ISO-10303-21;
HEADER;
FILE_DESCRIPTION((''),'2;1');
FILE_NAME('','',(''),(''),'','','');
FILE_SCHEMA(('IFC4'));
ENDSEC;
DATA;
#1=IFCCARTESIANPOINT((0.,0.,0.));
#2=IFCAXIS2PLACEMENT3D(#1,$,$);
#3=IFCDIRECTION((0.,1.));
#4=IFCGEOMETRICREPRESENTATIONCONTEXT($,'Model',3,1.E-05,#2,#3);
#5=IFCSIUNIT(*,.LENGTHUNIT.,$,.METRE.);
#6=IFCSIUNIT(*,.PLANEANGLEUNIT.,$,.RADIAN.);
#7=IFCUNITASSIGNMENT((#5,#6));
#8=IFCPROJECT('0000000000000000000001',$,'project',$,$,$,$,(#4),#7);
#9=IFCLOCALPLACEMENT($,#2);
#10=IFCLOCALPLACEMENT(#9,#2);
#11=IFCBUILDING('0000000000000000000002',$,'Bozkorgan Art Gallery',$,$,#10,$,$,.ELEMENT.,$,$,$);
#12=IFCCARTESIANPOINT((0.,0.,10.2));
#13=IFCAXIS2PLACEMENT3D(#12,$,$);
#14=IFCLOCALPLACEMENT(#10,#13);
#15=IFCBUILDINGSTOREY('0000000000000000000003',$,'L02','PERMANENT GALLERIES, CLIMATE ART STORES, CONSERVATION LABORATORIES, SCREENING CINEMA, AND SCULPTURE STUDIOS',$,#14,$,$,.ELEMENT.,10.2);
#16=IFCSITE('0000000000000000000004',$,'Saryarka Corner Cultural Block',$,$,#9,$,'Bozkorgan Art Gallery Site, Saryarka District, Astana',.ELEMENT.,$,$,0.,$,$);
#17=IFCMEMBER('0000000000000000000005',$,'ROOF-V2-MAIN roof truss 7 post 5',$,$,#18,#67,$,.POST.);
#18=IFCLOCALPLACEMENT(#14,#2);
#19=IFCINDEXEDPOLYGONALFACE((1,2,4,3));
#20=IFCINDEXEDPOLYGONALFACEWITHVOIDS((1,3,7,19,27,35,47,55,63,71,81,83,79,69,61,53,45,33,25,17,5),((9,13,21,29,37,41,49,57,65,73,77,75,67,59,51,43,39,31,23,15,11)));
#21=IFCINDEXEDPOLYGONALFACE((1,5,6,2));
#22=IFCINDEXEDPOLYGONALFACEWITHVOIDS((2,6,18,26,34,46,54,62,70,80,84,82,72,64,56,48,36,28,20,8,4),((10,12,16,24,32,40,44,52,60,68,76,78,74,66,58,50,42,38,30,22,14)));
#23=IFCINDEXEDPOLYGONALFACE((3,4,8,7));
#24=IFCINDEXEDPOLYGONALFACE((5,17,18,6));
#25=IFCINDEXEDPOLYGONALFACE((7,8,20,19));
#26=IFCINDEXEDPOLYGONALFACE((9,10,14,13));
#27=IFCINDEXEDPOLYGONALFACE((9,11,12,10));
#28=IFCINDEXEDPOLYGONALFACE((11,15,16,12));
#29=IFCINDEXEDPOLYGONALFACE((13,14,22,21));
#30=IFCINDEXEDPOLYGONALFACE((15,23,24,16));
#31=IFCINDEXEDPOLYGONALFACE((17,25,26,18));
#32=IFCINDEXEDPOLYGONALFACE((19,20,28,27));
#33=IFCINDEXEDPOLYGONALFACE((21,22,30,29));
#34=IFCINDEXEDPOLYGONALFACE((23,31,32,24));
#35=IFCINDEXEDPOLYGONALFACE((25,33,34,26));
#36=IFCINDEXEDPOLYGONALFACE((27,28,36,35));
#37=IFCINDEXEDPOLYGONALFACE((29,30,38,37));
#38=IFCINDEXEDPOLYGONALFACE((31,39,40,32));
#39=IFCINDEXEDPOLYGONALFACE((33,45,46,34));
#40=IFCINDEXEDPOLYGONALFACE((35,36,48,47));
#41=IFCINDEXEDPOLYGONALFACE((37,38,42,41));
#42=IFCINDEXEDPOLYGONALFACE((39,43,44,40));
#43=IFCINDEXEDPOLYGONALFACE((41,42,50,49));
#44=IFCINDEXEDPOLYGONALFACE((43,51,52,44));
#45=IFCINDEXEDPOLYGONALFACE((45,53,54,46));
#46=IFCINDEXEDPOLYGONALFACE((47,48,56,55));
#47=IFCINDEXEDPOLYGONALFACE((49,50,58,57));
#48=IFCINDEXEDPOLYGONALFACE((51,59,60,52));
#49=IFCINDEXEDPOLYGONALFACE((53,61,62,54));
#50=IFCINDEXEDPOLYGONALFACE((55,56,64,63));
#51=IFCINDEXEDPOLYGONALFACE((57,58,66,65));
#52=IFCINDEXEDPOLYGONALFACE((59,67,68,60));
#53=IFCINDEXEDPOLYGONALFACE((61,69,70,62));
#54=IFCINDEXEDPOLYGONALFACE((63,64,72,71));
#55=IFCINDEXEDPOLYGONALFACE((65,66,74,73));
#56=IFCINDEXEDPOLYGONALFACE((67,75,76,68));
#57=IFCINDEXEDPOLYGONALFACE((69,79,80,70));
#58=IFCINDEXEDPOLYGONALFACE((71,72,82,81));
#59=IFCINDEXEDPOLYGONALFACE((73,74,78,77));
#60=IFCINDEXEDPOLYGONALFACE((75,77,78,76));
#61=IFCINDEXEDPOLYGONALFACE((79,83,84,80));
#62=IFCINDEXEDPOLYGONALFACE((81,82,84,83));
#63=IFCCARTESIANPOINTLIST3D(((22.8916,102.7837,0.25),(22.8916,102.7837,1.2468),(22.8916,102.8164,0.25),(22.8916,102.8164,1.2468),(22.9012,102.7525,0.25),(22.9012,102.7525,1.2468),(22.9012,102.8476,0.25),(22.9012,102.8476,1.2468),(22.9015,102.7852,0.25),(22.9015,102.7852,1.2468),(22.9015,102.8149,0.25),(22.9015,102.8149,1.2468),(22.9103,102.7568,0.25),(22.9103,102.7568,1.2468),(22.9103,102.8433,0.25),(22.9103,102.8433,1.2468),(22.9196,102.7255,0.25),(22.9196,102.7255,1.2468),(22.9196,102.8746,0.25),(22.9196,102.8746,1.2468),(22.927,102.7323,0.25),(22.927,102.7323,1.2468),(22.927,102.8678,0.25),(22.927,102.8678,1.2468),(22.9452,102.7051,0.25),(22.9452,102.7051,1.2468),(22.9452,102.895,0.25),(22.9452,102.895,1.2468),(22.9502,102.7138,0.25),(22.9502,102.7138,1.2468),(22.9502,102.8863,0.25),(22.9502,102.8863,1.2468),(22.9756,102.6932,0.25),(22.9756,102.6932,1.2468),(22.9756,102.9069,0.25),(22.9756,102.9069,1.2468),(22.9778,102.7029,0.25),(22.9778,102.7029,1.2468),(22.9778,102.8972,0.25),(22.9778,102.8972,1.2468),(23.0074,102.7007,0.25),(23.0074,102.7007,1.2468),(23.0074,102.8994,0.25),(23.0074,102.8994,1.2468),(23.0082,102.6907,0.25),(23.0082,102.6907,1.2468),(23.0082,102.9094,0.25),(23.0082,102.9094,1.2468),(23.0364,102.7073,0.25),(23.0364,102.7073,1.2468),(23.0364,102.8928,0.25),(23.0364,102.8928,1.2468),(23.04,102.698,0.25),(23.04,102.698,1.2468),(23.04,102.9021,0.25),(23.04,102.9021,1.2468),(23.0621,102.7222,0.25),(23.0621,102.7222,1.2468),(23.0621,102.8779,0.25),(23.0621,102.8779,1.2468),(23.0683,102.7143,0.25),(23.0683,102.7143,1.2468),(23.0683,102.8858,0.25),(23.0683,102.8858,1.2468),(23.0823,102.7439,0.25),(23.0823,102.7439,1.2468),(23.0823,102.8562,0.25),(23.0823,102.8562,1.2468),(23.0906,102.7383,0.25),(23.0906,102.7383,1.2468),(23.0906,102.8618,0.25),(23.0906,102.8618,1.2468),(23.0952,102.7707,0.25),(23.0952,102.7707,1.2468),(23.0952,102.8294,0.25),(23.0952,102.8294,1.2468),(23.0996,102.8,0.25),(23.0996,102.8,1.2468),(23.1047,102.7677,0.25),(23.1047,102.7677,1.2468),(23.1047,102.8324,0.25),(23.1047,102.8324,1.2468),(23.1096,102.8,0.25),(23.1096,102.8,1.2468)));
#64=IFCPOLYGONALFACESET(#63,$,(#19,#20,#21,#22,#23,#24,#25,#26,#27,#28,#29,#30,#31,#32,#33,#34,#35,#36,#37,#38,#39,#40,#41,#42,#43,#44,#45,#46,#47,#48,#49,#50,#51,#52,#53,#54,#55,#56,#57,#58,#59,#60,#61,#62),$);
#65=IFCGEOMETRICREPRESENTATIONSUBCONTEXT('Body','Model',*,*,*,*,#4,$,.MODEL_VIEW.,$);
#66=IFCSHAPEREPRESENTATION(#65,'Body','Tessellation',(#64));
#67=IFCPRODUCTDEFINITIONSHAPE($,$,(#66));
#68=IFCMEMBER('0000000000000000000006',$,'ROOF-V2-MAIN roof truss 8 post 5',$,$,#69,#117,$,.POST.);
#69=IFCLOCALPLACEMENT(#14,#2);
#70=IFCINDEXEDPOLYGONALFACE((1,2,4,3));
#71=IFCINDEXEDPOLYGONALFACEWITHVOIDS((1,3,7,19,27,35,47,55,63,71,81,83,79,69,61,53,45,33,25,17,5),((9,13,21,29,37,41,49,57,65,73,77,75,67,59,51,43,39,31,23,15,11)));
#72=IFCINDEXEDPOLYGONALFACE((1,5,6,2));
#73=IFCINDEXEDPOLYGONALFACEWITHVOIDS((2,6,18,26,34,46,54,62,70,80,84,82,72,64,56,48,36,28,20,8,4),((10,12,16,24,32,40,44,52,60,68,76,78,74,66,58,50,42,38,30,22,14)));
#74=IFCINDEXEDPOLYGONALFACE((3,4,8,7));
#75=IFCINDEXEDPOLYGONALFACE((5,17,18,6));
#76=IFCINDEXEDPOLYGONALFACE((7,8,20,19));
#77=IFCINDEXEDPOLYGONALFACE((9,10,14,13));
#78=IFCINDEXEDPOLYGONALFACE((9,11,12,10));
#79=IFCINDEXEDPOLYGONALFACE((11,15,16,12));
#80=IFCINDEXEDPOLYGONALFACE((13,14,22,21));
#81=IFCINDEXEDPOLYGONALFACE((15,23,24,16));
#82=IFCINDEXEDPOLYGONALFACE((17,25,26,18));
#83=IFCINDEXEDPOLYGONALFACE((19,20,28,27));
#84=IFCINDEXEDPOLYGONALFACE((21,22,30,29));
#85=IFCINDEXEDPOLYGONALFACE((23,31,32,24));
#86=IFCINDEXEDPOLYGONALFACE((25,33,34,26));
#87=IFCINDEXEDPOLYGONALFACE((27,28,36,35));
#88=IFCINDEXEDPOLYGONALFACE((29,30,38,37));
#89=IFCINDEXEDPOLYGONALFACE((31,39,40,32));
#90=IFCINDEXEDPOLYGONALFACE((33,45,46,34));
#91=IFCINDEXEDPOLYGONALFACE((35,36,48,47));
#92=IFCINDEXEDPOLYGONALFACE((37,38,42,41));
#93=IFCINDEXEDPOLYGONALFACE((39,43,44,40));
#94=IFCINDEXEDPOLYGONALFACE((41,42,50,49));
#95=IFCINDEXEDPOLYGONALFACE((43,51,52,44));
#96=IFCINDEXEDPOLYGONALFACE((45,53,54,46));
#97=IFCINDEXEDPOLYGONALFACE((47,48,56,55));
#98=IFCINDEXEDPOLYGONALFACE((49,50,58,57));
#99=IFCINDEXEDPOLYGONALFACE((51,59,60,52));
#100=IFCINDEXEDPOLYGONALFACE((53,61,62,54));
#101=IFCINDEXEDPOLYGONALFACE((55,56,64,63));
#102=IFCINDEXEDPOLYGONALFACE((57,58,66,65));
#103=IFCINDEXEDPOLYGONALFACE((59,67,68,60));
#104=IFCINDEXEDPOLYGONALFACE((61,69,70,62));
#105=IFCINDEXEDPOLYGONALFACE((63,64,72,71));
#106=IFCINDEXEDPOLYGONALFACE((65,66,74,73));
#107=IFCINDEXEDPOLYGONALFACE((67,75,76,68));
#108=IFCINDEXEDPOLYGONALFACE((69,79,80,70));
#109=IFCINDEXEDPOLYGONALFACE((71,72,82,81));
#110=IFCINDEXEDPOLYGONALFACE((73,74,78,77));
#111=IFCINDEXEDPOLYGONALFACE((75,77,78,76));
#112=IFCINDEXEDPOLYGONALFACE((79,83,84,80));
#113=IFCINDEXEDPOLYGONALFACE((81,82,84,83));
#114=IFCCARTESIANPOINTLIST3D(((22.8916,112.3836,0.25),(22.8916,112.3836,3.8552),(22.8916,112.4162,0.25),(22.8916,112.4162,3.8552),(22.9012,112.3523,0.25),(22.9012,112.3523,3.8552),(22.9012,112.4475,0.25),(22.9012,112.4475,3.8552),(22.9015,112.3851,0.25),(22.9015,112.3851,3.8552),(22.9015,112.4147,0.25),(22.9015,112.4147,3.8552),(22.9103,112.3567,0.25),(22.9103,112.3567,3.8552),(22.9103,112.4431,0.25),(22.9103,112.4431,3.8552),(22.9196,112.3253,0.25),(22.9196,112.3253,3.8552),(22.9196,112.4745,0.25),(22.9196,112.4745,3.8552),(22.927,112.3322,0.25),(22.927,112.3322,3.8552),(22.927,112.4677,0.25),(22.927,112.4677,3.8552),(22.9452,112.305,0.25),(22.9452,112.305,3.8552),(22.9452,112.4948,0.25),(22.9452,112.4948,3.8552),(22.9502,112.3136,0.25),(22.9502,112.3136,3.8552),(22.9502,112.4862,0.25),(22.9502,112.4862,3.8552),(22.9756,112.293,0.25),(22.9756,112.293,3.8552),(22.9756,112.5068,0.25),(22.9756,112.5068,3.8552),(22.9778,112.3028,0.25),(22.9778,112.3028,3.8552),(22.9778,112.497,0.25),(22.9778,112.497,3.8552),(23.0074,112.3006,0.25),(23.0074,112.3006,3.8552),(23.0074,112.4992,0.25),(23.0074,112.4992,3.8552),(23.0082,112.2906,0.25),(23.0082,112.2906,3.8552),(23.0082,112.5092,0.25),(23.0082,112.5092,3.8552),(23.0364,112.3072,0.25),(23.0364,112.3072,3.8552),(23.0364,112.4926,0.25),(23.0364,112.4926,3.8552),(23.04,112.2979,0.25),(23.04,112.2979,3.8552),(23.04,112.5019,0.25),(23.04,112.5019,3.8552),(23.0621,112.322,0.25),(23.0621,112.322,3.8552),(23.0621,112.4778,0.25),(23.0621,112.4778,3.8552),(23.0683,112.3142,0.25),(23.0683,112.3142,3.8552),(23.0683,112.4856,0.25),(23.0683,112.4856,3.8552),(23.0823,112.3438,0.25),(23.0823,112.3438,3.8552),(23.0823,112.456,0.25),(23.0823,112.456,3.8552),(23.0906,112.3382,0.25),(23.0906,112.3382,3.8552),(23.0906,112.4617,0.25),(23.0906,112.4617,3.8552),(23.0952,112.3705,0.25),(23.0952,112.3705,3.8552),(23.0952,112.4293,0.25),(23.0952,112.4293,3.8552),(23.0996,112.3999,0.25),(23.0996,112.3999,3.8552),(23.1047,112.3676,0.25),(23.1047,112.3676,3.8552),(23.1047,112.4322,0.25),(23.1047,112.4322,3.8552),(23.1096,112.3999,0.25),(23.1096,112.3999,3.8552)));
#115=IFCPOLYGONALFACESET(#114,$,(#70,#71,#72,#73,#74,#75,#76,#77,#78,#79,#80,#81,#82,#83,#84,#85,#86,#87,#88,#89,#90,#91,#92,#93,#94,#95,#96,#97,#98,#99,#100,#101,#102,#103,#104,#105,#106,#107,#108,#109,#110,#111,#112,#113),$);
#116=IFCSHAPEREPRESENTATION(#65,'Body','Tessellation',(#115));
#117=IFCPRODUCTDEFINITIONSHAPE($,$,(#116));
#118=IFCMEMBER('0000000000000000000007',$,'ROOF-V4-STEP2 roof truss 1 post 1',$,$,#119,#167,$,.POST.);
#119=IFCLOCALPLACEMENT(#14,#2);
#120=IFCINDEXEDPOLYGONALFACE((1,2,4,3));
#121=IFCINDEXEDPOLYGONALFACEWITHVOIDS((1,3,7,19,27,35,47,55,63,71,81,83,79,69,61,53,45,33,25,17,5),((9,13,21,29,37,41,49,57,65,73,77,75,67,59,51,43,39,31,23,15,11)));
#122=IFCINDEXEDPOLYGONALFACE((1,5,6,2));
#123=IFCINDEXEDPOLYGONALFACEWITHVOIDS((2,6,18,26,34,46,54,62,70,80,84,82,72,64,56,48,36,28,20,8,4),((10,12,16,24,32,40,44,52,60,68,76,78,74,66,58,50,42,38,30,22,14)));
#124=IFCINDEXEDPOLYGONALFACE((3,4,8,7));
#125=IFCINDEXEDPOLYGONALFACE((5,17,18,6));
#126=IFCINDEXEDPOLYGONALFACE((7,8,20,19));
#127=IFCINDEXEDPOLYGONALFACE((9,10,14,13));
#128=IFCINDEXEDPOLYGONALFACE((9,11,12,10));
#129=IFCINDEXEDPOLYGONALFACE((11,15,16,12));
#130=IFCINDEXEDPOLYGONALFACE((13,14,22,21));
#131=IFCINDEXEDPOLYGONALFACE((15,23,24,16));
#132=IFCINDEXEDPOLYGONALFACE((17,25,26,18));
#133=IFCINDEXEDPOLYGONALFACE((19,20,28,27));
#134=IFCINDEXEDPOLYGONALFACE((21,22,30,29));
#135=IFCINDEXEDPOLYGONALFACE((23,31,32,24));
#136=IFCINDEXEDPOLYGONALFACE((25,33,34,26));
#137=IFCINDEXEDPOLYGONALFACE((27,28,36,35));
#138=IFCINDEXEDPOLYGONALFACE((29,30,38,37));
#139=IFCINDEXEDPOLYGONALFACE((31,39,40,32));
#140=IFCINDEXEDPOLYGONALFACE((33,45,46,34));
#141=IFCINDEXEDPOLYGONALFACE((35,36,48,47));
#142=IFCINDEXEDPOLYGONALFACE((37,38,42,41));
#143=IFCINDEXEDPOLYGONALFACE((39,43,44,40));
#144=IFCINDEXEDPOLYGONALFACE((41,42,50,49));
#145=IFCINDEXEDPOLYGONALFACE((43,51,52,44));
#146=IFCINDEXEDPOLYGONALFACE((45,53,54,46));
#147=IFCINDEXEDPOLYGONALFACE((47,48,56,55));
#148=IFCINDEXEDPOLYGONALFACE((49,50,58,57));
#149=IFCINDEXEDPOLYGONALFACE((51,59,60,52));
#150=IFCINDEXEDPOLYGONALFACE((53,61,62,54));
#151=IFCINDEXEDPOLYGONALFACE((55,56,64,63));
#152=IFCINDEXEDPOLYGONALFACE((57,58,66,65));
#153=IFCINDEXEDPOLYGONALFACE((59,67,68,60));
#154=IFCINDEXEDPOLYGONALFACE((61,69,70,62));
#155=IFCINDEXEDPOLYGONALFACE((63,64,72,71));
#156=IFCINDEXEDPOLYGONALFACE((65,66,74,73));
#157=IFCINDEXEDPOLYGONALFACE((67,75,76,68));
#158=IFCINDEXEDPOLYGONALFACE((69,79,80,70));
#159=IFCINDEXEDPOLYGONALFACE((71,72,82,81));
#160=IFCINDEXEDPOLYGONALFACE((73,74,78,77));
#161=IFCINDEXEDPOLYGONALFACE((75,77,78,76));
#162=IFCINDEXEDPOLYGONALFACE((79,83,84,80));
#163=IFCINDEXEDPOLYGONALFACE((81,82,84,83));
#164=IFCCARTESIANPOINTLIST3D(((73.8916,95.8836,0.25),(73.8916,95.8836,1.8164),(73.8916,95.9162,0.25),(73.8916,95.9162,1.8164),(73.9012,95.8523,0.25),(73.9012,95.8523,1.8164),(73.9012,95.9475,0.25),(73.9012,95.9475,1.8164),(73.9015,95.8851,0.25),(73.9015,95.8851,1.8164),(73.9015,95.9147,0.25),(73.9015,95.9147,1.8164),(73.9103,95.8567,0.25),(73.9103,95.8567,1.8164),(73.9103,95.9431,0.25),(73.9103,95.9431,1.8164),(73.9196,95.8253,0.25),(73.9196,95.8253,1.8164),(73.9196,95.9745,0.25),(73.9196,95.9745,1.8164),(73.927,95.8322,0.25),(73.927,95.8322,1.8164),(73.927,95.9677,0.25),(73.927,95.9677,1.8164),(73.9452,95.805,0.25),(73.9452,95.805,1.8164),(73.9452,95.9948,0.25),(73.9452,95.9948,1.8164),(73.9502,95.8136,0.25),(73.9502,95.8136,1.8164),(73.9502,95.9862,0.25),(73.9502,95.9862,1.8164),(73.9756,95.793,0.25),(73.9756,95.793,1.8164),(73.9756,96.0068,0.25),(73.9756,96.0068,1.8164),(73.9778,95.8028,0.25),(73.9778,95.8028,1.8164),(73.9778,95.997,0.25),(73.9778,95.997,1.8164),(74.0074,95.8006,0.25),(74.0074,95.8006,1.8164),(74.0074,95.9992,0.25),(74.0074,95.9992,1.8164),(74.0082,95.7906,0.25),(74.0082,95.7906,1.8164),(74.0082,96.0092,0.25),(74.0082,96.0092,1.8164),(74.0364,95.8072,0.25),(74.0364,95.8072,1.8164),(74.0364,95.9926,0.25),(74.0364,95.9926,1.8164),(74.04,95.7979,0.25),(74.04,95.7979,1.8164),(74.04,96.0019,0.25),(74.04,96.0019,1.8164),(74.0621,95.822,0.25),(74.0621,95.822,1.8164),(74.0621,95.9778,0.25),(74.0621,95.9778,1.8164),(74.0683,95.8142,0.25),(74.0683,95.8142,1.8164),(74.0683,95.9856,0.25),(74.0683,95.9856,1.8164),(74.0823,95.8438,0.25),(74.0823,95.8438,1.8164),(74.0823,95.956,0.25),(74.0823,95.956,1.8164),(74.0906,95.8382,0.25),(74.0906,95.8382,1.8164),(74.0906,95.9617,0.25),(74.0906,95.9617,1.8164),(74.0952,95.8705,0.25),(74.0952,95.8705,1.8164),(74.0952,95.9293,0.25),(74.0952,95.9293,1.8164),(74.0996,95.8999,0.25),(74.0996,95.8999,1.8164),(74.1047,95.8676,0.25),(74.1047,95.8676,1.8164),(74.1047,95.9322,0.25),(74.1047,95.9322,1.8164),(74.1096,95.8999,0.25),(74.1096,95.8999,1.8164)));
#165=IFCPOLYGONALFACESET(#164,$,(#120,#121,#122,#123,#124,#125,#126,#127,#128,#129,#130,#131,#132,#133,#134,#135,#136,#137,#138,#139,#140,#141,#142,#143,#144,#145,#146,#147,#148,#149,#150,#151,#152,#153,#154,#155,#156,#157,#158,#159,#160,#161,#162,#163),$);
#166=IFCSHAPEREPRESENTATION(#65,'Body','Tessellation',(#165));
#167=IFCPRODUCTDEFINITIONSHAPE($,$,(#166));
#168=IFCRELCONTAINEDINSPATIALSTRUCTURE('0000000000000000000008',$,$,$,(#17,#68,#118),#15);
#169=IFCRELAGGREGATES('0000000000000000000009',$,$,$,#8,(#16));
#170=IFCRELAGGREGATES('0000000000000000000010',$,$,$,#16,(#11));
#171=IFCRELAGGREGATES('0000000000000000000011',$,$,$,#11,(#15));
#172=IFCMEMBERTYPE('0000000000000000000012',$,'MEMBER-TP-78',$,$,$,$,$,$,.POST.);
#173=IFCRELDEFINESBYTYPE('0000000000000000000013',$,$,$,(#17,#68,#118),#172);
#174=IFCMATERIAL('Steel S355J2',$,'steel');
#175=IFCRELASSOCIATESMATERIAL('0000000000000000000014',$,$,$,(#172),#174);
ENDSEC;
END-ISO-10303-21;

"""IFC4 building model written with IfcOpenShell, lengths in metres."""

from ifc_helpers import new_model, si_unit, direction, frame, origin, origin_2d, place, context, subcontext, project, spatial, hollow_circle, extrude, material, material_profile, profile_set, type_object, element, save


model = new_model("IFC4")

# Units and contexts
model_context = context("Model", 3, precision=1e-05, world=origin(), true_north=direction((0.0, 1.0)))
body_context = subcontext(model_context, "Body", "Model", "MODEL_VIEW")
ifc_project = project(units=[si_unit("LENGTHUNIT", "METRE"), si_unit("PLANEANGLEUNIT", "RADIAN")], contexts=[model_context])

# Site, building, storey
site_placement = place(None, origin())
site = spatial("IfcSite", under=ifc_project, at=site_placement, Name="Saryarka Corner Cultural Block", LongName="Bozkorgan Art Gallery Site, Saryarka District, Astana", CompositionType="ELEMENT", RefElevation=0.0)
building_placement = place(site_placement, origin())
building = spatial("IfcBuilding", under=site, at=building_placement, Name="Bozkorgan Art Gallery", CompositionType="ELEMENT")
storey_placement = place(building_placement, frame((0.0, 0.0, 10.2)))
storey = spatial("IfcBuildingStorey", under=building, at=storey_placement, Name="L02", Description="PERMANENT GALLERIES, CLIMATE ART STORES, CONSERVATION LABORATORIES, SCREENING CINEMA, AND SCULPTURE STUDIOS", CompositionType="ELEMENT", Elevation=10.2)

# Shared definitions
ifc_material_1 = material(Name="Steel S355J2", Category="steel")

# Members
ifc_material_profile_1 = material_profile(ifc_material_1, hollow_circle(Radius=0.1096, WallThickness=0.01, at=origin_2d()), Name="CHS 219.1x10")
ifc_profile_set_1 = profile_set([ifc_material_profile_1], Name="Steel S355J2")
member_type_1 = type_object("IfcMemberType", Name="MEMBER-TP-78", PredefinedType="POST", material=ifc_profile_set_1)
member_1_placement = place(storey_placement, frame((23.0, 102.8, 0.25), z_axis=(0.0, 0.0, 1.0), x_axis=(1.0, 0.0, 0.0)))
element("IfcMember", 1, at=member_1_placement, inside=storey, type_object=member_type_1, Name="ROOF-V2-MAIN roof truss 7 post 5", PredefinedType="POST", context=body_context, shape_type="SweptSolid", body=[
    extrude(hollow_circle(Radius=0.1096, WallThickness=0.01, at=origin_2d()), origin(), (0.0, 0.0, 1.0), 0.9968),
])
member_2_placement = place(storey_placement, frame((23.0, 112.3999, 0.25), z_axis=(0.0, 0.0, 1.0), x_axis=(1.0, 0.0, 0.0)))
element("IfcMember", 2, at=member_2_placement, inside=storey, type_object=member_type_1, Name="ROOF-V2-MAIN roof truss 8 post 5", PredefinedType="POST", context=body_context, shape_type="SweptSolid", body=[
    extrude(hollow_circle(Radius=0.1096, WallThickness=0.01, at=origin_2d()), origin(), (0.0, 0.0, 1.0), 3.6052),
])
member_3_placement = place(storey_placement, frame((74.0, 95.8999, 0.25), z_axis=(0.0, 0.0, 1.0), x_axis=(1.0, 0.0, 0.0)))
element("IfcMember", 3, at=member_3_placement, inside=storey, type_object=member_type_1, Name="ROOF-V4-STEP2 roof truss 1 post 1", PredefinedType="POST", context=body_context, shape_type="SweptSolid", body=[
    extrude(hollow_circle(Radius=0.1096, WallThickness=0.01, at=origin_2d()), origin(), (0.0, 0.0, 1.0), 1.5664),
])

save(model, "model.ifc")
